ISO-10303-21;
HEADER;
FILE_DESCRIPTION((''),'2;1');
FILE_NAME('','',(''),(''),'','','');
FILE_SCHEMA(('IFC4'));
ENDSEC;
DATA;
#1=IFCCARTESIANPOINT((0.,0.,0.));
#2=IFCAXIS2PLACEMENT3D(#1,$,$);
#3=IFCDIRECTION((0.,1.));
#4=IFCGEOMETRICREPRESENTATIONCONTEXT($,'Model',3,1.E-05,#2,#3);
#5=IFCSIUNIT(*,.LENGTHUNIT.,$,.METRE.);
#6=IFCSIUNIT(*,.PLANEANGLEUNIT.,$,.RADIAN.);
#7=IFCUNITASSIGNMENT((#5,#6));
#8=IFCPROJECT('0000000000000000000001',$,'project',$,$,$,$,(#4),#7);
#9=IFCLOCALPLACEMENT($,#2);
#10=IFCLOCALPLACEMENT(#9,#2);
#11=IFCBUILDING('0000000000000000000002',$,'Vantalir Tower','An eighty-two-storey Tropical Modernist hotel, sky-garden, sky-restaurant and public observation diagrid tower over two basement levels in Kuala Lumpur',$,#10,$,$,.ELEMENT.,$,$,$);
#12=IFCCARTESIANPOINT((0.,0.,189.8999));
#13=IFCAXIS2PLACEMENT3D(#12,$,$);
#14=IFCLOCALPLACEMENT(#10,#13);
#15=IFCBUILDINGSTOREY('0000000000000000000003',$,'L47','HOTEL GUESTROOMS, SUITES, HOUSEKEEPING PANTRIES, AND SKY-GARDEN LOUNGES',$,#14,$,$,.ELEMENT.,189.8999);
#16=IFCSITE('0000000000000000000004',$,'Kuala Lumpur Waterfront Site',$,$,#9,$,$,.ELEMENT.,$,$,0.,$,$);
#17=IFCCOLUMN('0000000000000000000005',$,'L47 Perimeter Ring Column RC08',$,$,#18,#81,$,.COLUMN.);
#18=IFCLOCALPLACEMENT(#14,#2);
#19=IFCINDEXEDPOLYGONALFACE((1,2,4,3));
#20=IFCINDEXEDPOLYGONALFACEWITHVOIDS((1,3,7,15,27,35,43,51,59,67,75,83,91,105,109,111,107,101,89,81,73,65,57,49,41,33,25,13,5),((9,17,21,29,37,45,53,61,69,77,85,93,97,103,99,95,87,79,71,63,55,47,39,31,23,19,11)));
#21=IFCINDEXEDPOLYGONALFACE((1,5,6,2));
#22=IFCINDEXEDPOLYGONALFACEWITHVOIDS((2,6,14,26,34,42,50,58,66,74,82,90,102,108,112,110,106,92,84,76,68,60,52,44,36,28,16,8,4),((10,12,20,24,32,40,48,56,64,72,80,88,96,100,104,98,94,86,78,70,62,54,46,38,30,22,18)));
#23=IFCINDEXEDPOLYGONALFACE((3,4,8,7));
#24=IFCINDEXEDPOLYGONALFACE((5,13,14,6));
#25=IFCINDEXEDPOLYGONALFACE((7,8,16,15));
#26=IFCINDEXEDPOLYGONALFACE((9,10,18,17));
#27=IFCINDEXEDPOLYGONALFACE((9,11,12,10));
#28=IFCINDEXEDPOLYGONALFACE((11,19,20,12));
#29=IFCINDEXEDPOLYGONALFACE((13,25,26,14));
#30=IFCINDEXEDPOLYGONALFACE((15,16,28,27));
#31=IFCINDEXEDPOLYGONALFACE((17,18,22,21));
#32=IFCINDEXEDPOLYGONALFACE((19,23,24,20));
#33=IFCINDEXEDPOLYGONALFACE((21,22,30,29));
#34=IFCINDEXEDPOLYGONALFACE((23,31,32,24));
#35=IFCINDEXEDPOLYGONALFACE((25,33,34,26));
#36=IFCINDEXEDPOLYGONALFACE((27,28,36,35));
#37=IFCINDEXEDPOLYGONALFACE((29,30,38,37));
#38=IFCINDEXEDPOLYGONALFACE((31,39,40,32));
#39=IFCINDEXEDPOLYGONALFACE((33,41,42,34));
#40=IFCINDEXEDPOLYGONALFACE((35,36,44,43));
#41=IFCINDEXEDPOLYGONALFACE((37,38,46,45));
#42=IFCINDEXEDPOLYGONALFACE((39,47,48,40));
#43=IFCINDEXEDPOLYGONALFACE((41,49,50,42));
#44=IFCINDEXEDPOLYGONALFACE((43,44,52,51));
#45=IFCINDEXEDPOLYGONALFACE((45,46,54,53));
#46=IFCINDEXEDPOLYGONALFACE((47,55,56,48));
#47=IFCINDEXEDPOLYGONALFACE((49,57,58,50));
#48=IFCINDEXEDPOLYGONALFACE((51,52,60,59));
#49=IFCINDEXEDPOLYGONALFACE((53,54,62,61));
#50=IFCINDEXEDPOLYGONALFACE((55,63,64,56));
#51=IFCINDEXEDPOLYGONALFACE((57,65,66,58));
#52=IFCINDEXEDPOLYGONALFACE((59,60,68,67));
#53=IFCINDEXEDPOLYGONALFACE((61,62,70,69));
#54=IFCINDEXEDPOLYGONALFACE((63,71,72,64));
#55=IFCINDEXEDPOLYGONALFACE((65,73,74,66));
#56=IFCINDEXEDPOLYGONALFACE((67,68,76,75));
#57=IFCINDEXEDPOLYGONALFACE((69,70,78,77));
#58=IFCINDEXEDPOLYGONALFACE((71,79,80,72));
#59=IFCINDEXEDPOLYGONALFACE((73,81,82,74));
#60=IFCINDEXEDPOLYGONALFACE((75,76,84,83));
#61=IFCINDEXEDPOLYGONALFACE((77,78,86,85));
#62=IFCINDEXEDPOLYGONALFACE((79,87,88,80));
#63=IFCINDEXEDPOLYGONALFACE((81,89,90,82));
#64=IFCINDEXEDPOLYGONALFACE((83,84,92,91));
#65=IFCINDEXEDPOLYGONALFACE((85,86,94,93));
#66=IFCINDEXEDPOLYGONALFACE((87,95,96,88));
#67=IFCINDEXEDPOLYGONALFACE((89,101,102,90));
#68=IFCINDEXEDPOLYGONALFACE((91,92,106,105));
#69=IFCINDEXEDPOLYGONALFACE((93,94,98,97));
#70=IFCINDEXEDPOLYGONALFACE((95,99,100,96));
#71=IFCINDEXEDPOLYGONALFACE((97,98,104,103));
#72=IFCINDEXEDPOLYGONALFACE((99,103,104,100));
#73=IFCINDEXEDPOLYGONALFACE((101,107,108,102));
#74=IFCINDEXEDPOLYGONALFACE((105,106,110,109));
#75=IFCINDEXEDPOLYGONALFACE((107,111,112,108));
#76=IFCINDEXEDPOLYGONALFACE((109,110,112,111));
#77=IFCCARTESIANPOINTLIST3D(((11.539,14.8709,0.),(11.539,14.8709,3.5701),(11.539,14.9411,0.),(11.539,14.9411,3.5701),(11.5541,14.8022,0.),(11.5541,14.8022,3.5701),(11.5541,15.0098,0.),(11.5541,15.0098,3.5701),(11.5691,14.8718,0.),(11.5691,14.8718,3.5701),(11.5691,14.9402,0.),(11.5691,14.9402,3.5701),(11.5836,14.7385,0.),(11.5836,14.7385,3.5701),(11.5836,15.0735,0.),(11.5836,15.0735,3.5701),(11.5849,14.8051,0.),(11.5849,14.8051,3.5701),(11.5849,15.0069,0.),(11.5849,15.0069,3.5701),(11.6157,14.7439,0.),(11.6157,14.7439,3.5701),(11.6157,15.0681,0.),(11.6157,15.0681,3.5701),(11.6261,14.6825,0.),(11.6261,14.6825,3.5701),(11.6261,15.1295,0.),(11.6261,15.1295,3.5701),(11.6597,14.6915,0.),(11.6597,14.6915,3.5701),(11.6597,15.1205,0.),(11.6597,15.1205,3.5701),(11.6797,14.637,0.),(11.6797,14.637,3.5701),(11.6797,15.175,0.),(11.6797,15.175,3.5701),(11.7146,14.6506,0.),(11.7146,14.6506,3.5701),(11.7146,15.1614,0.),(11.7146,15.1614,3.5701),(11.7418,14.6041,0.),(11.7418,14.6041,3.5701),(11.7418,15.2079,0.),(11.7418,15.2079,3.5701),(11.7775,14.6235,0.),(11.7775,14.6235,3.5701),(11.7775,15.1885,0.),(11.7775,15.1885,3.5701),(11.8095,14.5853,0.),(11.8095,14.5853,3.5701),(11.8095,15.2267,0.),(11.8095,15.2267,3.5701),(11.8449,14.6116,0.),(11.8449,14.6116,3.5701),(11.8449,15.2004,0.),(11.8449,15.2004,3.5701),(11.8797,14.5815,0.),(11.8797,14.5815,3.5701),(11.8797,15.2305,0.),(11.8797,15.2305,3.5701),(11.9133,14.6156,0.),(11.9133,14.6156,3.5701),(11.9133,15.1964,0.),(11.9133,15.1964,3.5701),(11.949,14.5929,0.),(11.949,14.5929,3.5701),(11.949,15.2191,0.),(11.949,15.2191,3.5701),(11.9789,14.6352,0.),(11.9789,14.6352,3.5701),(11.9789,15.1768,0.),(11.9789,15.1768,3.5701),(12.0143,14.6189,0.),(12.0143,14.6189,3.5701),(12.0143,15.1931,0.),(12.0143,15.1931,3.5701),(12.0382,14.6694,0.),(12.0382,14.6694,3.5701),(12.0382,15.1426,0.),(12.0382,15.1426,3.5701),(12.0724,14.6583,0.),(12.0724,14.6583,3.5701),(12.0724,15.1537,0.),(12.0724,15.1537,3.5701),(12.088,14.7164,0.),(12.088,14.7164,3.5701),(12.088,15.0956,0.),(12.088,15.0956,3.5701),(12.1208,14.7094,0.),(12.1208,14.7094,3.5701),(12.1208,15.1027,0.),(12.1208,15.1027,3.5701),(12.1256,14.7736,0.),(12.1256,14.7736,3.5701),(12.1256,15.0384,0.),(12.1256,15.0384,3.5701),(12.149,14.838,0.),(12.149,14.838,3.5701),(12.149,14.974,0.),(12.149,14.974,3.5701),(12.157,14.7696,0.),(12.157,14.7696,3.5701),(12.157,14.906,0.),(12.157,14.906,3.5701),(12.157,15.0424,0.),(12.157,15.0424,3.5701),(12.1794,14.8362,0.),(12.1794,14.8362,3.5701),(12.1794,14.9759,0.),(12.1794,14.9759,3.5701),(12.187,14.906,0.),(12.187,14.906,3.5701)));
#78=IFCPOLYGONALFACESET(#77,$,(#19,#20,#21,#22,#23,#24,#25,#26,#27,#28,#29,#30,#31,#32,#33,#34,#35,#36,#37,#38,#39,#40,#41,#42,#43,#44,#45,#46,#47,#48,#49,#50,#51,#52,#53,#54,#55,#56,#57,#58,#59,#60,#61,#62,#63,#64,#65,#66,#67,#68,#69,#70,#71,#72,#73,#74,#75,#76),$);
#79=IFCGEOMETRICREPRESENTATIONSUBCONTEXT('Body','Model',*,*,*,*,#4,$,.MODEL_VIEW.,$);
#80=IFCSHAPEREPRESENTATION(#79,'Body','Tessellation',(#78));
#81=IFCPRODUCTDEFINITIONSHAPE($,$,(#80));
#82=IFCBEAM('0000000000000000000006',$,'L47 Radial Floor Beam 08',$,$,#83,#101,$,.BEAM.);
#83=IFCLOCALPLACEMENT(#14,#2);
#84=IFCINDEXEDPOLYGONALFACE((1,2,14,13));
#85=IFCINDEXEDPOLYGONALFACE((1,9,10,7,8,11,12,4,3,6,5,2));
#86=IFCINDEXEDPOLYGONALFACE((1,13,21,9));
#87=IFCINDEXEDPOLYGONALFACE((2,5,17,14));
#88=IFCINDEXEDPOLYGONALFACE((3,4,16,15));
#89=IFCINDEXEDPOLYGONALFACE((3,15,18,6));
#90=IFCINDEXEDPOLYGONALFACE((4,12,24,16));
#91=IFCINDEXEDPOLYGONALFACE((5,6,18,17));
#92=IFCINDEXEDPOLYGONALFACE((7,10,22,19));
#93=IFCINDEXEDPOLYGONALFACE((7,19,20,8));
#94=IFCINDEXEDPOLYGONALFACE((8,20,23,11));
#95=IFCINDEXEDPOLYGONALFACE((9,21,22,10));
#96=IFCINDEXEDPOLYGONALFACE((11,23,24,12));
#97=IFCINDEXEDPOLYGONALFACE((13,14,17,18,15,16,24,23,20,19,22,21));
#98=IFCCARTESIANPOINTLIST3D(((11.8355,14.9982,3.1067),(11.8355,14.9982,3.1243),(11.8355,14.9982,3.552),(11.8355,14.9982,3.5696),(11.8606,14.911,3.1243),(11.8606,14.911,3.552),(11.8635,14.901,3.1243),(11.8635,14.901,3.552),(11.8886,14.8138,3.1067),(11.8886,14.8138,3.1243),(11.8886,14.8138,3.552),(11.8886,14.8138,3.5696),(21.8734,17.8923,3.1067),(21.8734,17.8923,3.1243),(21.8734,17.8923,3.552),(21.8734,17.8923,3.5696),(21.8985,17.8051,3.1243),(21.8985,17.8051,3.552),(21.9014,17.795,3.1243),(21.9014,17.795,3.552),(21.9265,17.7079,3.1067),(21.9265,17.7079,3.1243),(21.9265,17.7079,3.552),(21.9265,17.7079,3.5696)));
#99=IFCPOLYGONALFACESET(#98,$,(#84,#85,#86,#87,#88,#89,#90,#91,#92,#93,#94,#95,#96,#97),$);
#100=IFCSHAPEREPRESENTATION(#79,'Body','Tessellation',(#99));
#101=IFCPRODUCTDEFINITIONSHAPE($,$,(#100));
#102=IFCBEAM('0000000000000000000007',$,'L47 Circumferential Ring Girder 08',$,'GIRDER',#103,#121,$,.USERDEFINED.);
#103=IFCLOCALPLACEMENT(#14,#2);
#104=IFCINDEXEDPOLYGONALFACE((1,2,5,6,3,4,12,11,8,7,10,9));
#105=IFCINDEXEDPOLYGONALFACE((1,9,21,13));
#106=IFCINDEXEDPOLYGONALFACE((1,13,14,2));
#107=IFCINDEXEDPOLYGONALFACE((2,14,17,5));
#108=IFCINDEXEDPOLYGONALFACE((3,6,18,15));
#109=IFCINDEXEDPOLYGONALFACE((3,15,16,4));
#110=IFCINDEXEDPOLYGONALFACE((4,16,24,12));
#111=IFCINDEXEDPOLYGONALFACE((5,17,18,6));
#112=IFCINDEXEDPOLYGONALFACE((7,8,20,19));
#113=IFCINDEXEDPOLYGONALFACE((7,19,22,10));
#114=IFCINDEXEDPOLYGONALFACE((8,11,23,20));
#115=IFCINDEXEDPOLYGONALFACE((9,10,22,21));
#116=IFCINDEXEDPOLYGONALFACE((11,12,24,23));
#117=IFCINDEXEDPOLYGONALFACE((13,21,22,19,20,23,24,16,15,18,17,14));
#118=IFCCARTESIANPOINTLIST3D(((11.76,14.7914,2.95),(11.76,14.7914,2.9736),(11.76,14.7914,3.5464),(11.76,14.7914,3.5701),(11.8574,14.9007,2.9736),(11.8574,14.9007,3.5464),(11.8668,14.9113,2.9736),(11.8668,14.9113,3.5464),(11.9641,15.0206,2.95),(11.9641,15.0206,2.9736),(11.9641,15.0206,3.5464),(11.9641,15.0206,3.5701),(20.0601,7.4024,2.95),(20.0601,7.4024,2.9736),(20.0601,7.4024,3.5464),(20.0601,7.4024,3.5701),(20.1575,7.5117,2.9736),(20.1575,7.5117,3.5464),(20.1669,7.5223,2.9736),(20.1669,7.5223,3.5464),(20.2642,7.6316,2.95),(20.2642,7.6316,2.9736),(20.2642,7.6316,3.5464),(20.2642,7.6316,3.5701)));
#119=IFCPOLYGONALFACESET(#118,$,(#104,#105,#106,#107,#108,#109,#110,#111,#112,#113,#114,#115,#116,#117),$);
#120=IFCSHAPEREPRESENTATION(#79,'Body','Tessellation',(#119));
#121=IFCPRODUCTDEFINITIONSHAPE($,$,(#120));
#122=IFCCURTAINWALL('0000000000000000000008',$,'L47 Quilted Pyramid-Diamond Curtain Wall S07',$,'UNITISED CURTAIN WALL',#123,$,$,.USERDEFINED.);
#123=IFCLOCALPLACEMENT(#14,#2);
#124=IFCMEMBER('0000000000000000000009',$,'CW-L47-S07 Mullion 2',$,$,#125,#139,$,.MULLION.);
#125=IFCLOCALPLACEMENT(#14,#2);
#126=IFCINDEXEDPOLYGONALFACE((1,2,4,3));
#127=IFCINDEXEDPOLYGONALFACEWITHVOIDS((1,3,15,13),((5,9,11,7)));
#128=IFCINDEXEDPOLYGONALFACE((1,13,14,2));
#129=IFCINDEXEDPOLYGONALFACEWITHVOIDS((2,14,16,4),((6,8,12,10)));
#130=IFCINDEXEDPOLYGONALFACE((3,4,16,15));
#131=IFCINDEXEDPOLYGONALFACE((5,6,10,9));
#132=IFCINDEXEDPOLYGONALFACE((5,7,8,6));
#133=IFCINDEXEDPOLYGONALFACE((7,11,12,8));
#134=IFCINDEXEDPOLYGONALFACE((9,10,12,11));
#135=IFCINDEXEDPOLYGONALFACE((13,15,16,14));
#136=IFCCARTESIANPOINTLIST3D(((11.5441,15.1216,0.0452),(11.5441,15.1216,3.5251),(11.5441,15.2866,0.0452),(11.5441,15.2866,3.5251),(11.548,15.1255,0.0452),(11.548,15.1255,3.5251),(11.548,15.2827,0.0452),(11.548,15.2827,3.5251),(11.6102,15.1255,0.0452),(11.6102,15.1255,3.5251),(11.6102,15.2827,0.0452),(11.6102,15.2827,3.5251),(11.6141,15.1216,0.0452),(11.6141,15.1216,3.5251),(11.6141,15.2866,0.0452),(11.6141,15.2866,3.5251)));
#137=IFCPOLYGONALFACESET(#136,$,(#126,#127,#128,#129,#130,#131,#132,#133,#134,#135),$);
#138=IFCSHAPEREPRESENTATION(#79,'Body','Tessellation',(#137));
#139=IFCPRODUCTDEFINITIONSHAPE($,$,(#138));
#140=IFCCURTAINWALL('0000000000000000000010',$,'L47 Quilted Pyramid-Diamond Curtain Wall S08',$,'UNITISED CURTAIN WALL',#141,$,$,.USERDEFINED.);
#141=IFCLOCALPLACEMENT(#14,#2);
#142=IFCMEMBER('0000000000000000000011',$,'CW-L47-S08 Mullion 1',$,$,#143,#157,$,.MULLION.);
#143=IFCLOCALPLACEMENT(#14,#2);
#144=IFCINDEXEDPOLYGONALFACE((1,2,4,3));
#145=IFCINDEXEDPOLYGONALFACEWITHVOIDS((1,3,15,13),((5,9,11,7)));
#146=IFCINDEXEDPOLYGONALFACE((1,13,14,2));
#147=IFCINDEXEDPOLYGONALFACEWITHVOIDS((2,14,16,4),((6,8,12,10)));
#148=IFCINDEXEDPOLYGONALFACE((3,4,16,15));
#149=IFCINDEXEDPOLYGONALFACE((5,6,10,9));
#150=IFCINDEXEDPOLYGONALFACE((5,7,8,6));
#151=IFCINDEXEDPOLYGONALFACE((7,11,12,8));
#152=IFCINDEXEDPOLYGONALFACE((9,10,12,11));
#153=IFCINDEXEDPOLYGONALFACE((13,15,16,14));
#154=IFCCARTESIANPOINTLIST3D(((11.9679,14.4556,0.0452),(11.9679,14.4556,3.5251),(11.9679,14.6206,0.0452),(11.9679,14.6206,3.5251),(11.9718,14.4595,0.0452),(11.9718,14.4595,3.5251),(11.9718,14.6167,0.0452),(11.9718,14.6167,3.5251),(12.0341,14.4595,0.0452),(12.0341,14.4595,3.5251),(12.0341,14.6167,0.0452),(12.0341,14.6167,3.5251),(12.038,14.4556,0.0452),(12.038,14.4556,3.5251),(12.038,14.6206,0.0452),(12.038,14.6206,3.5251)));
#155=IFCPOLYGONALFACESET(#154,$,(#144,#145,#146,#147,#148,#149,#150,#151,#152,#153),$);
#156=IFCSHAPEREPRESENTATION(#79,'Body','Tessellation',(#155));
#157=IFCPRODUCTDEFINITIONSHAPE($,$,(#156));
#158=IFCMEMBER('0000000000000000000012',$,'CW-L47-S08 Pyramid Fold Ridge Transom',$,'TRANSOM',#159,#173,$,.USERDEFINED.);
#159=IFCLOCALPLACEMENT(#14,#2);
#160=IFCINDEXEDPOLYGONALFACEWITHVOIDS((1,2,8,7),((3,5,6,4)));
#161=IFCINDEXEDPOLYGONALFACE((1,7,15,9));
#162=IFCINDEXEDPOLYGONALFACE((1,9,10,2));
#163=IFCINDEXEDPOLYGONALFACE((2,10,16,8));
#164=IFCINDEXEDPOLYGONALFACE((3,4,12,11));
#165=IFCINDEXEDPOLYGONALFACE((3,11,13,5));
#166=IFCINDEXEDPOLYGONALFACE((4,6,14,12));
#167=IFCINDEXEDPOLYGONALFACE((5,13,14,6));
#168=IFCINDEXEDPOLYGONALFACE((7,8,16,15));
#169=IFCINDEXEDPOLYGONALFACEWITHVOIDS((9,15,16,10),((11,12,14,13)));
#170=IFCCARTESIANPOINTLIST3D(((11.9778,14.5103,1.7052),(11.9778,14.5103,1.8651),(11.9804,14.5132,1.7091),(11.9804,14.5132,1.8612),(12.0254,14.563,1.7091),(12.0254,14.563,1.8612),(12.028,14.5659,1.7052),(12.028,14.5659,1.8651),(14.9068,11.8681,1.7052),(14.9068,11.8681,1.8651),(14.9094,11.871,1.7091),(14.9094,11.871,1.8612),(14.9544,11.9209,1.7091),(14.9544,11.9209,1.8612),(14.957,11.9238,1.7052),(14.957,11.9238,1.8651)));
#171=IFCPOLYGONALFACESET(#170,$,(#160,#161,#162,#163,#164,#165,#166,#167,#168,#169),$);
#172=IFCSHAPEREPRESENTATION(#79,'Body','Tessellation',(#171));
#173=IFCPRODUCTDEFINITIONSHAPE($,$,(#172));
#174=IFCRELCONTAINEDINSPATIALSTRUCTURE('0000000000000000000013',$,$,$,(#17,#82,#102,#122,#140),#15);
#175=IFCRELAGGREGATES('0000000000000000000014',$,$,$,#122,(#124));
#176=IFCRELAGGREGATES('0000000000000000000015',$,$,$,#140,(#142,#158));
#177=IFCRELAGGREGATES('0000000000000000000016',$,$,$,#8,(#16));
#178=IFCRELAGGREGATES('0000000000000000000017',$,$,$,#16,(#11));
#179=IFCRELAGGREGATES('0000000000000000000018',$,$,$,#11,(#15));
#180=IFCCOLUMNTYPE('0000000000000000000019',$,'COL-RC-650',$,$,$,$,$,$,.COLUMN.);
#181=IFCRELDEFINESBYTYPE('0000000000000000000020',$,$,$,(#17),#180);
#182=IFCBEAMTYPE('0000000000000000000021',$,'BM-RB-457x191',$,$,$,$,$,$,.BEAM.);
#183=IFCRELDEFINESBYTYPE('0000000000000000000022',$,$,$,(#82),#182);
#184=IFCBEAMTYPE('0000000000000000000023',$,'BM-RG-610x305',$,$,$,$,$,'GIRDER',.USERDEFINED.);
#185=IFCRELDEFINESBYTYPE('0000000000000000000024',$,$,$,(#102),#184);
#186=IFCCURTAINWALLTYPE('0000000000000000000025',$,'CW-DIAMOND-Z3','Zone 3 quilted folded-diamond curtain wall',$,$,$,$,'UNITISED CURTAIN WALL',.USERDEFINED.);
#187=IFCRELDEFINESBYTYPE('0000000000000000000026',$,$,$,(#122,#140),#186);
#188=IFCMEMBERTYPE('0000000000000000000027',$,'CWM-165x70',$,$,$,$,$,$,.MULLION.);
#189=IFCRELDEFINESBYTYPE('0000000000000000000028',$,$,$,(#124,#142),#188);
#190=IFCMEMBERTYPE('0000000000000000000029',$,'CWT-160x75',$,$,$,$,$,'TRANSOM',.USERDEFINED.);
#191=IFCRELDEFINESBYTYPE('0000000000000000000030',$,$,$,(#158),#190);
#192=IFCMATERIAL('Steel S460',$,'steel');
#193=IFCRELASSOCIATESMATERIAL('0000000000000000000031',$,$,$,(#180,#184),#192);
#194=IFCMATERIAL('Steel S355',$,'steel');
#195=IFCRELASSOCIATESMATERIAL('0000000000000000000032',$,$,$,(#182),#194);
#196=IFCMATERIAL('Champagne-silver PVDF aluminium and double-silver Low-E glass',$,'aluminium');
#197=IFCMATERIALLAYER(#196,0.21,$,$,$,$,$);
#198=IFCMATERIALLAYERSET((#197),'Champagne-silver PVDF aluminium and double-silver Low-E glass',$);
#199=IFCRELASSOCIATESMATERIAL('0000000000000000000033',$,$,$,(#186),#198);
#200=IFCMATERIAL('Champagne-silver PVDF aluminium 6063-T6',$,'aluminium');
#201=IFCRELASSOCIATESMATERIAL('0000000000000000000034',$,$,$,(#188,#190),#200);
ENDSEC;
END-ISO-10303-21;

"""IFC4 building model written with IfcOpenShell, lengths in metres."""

from ifc_helpers import new_model, si_unit, direction, frame, origin, origin_2d, place, context, subcontext, project, spatial, hollow_rectangle, hollow_circle, i_section, extrude, material, layer, layer_set, material_profile, profile_set, type_object, element, aggregate, save


model = new_model("IFC4")

# Units and contexts
model_context = context("Model", 3, precision=1e-05, world=origin(), true_north=direction((0.0, 1.0)))
body_context = subcontext(model_context, "Body", "Model", "MODEL_VIEW")
ifc_project = project(units=[si_unit("LENGTHUNIT", "METRE"), si_unit("PLANEANGLEUNIT", "RADIAN")], contexts=[model_context])

# Site, building, storey
site_placement = place(None, origin())
site = spatial("IfcSite", under=ifc_project, at=site_placement, Name="Kuala Lumpur Waterfront Site", CompositionType="ELEMENT", RefElevation=0.0)
building_placement = place(site_placement, origin())
building = spatial("IfcBuilding", under=site, at=building_placement, Name="Vantalir Tower", Description="An eighty-two-storey Tropical Modernist hotel, sky-garden, sky-restaurant and public observation diagrid tower over two basement levels in Kuala Lumpur", CompositionType="ELEMENT")
storey_placement = place(building_placement, frame((0.0, 0.0, 189.8999)))
storey = spatial("IfcBuildingStorey", under=building, at=storey_placement, Name="L47", Description="HOTEL GUESTROOMS, SUITES, HOUSEKEEPING PANTRIES, AND SKY-GARDEN LOUNGES", CompositionType="ELEMENT", Elevation=189.8999)

# Column
ifc_material_1 = material(Name="Steel S460", Category="steel")
ifc_material_profile_1 = material_profile(ifc_material_1, hollow_circle(Radius=0.325, WallThickness=0.03, at=origin_2d()), Name="Steel S460")
ifc_profile_set_1 = profile_set([ifc_material_profile_1], Name="Steel S460")
column_type = type_object("IfcColumnType", Name="COL-RC-650", PredefinedType="COLUMN", material=ifc_profile_set_1)
column_placement = place(storey_placement, frame((11.8621, 14.906, 0.0), z_axis=(0.0, 0.0, 1.0), x_axis=(1.0, 0.0, 0.0)))
element("IfcColumn", 1, at=column_placement, inside=storey, type_object=column_type, Name="L47 Perimeter Ring Column RC08", PredefinedType="COLUMN", context=body_context, shape_type="SweptSolid", body=[
    extrude(hollow_circle(Radius=0.325, WallThickness=0.03, at=origin_2d()), origin(), (0.0, 0.0, 1.0), 3.5701),
])

# Beams
ifc_material_2 = material(Name="Steel S355", Category="steel")
ifc_material_profile_2 = material_profile(ifc_material_2, i_section(OverallWidth=0.1919, OverallDepth=0.4629, WebThickness=0.0105, FlangeThickness=0.0176, at=origin_2d()), Name="Steel S355")
ifc_profile_set_2 = profile_set([ifc_material_profile_2], Name="Steel S355")
beam_type_1 = type_object("IfcBeamType", Name="BM-RB-457x191", PredefinedType="BEAM", material=ifc_profile_set_2)
beam_1_placement = place(storey_placement, frame((11.8621, 14.906, 3.3381), z_axis=(0.960862, 0.277029, 0.0), x_axis=(-0.277029, 0.960862, 0.0)))
element("IfcBeam", 2, at=beam_1_placement, inside=storey, type_object=beam_type_1, Name="L47 Radial Floor Beam 08", PredefinedType="BEAM", context=body_context, shape_type="SweptSolid", body=[
    extrude(i_section(OverallWidth=0.1919, OverallDepth=0.4629, WebThickness=0.0105, FlangeThickness=0.0176, at=origin_2d()), origin(), (0.0, 0.0, 1.0), 10.4468),
])
ifc_material_profile_3 = material_profile(ifc_material_1, i_section(OverallWidth=0.3069, OverallDepth=0.6201, WebThickness=0.0142, FlangeThickness=0.0237, at=origin_2d()), Name="Steel S460")
ifc_profile_set_3 = profile_set([ifc_material_profile_3], Name="Steel S460")
beam_type_2 = type_object("IfcBeamType", Name="BM-RG-610x305", ElementType="GIRDER", PredefinedType="USERDEFINED", material=ifc_profile_set_3)
beam_2_placement = place(storey_placement, frame((11.8621, 14.906, 3.26), z_axis=(0.746913, -0.664921, 0.0), x_axis=(0.664921, 0.746913, 0.0)))
element("IfcBeam", 3, at=beam_2_placement, inside=storey, type_object=beam_type_2, Name="L47 Circumferential Ring Girder 08", ObjectType="GIRDER", PredefinedType="USERDEFINED", context=body_context, shape_type="SweptSolid", body=[
    extrude(i_section(OverallWidth=0.3069, OverallDepth=0.6201, WebThickness=0.0142, FlangeThickness=0.0237, at=origin_2d()), origin(), (0.0, 0.0, 1.0), 11.1125),
])

# Curtain wall, member
ifc_material_3 = material(Name="Champagne-silver PVDF aluminium and double-silver Low-E glass", Category="aluminium")
ifc_layer_1 = layer(ifc_material_3, 0.21)
ifc_layer_set_1 = layer_set([ifc_layer_1], Name="Champagne-silver PVDF aluminium and double-silver Low-E glass")
curtain_wall_type = type_object("IfcCurtainWallType", Name="CW-DIAMOND-Z3", Description="Zone 3 quilted folded-diamond curtain wall", ElementType="UNITISED CURTAIN WALL", PredefinedType="USERDEFINED", material=ifc_layer_set_1)
curtain_wall_1_placement = place(storey_placement, origin())
curtain_wall_1 = element("IfcCurtainWall", 4, at=curtain_wall_1_placement, inside=storey, type_object=curtain_wall_type, Name="L47 Quilted Pyramid-Diamond Curtain Wall S07", ObjectType="UNITISED CURTAIN WALL", PredefinedType="USERDEFINED")
ifc_material_4 = material(Name="Champagne-silver PVDF aluminium 6063-T6", Category="aluminium")
ifc_material_profile_4 = material_profile(ifc_material_4, hollow_rectangle(XDim=0.0701, YDim=0.165, WallThickness=0.0039, at=origin_2d()), Name="Champagne-silver PVDF aluminium 6063-T6")
ifc_profile_set_4 = profile_set([ifc_material_profile_4], Name="Champagne-silver PVDF aluminium 6063-T6")
member_type_1 = type_object("IfcMemberType", Name="CWM-165x70", PredefinedType="MULLION", material=ifc_profile_set_4)
member_1_placement = place(storey_placement, frame((11.5791, 15.2041, 0.0452), z_axis=(0.0, 0.0, 1.0), x_axis=(1.0, 0.0, 0.0)))
member_1 = element("IfcMember", 5, at=member_1_placement, type_object=member_type_1, Name="CW-L47-S07 Mullion 2", PredefinedType="MULLION", context=body_context, shape_type="SweptSolid", body=[
    extrude(hollow_rectangle(XDim=0.0701, YDim=0.165, WallThickness=0.0039, at=origin_2d()), origin(), (0.0, 0.0, 1.0), 3.48),
])

# Curtain wall, members
curtain_wall_2_placement = place(storey_placement, origin())
curtain_wall_2 = element("IfcCurtainWall", 6, at=curtain_wall_2_placement, inside=storey, type_object=curtain_wall_type, Name="L47 Quilted Pyramid-Diamond Curtain Wall S08", ObjectType="UNITISED CURTAIN WALL", PredefinedType="USERDEFINED")
member_2_placement = place(storey_placement, frame((12.0029, 14.5381, 0.0452), z_axis=(0.0, 0.0, 1.0), x_axis=(1.0, 0.0, 0.0)))
member_2 = element("IfcMember", 7, at=member_2_placement, type_object=member_type_1, Name="CW-L47-S08 Mullion 1", PredefinedType="MULLION", context=body_context, shape_type="SweptSolid", body=[
    extrude(hollow_rectangle(XDim=0.0701, YDim=0.165, WallThickness=0.0039, at=origin_2d()), origin(), (0.0, 0.0, 1.0), 3.48),
])
ifc_material_profile_5 = material_profile(ifc_material_4, hollow_rectangle(XDim=0.075, YDim=0.1599, WallThickness=0.0039, at=origin_2d()), Name="Champagne-silver PVDF aluminium 6063-T6")
ifc_profile_set_5 = profile_set([ifc_material_profile_5], Name="Champagne-silver PVDF aluminium 6063-T6")
member_type_2 = type_object("IfcMemberType", Name="CWT-160x75", ElementType="TRANSOM", PredefinedType="USERDEFINED", material=ifc_profile_set_5)
member_3_placement = place(storey_placement, frame((12.0029, 14.5381, 1.7852), z_axis=(0.742534, -0.669809, 0.0), x_axis=(0.669809, 0.742534, 0.0)))
member_3 = element("IfcMember", 8, at=member_3_placement, type_object=member_type_2, Name="CW-L47-S08 Pyramid Fold Ridge Transom", ObjectType="TRANSOM", PredefinedType="USERDEFINED", context=body_context, shape_type="SweptSolid", body=[
    extrude(hollow_rectangle(XDim=0.075, YDim=0.1599, WallThickness=0.0039, at=origin_2d()), origin(), (0.0, 0.0, 1.0), 3.9446),
])

aggregate(curtain_wall_1, [member_1])
aggregate(curtain_wall_2, [member_2, member_3])

save(model, "model.ifc")
